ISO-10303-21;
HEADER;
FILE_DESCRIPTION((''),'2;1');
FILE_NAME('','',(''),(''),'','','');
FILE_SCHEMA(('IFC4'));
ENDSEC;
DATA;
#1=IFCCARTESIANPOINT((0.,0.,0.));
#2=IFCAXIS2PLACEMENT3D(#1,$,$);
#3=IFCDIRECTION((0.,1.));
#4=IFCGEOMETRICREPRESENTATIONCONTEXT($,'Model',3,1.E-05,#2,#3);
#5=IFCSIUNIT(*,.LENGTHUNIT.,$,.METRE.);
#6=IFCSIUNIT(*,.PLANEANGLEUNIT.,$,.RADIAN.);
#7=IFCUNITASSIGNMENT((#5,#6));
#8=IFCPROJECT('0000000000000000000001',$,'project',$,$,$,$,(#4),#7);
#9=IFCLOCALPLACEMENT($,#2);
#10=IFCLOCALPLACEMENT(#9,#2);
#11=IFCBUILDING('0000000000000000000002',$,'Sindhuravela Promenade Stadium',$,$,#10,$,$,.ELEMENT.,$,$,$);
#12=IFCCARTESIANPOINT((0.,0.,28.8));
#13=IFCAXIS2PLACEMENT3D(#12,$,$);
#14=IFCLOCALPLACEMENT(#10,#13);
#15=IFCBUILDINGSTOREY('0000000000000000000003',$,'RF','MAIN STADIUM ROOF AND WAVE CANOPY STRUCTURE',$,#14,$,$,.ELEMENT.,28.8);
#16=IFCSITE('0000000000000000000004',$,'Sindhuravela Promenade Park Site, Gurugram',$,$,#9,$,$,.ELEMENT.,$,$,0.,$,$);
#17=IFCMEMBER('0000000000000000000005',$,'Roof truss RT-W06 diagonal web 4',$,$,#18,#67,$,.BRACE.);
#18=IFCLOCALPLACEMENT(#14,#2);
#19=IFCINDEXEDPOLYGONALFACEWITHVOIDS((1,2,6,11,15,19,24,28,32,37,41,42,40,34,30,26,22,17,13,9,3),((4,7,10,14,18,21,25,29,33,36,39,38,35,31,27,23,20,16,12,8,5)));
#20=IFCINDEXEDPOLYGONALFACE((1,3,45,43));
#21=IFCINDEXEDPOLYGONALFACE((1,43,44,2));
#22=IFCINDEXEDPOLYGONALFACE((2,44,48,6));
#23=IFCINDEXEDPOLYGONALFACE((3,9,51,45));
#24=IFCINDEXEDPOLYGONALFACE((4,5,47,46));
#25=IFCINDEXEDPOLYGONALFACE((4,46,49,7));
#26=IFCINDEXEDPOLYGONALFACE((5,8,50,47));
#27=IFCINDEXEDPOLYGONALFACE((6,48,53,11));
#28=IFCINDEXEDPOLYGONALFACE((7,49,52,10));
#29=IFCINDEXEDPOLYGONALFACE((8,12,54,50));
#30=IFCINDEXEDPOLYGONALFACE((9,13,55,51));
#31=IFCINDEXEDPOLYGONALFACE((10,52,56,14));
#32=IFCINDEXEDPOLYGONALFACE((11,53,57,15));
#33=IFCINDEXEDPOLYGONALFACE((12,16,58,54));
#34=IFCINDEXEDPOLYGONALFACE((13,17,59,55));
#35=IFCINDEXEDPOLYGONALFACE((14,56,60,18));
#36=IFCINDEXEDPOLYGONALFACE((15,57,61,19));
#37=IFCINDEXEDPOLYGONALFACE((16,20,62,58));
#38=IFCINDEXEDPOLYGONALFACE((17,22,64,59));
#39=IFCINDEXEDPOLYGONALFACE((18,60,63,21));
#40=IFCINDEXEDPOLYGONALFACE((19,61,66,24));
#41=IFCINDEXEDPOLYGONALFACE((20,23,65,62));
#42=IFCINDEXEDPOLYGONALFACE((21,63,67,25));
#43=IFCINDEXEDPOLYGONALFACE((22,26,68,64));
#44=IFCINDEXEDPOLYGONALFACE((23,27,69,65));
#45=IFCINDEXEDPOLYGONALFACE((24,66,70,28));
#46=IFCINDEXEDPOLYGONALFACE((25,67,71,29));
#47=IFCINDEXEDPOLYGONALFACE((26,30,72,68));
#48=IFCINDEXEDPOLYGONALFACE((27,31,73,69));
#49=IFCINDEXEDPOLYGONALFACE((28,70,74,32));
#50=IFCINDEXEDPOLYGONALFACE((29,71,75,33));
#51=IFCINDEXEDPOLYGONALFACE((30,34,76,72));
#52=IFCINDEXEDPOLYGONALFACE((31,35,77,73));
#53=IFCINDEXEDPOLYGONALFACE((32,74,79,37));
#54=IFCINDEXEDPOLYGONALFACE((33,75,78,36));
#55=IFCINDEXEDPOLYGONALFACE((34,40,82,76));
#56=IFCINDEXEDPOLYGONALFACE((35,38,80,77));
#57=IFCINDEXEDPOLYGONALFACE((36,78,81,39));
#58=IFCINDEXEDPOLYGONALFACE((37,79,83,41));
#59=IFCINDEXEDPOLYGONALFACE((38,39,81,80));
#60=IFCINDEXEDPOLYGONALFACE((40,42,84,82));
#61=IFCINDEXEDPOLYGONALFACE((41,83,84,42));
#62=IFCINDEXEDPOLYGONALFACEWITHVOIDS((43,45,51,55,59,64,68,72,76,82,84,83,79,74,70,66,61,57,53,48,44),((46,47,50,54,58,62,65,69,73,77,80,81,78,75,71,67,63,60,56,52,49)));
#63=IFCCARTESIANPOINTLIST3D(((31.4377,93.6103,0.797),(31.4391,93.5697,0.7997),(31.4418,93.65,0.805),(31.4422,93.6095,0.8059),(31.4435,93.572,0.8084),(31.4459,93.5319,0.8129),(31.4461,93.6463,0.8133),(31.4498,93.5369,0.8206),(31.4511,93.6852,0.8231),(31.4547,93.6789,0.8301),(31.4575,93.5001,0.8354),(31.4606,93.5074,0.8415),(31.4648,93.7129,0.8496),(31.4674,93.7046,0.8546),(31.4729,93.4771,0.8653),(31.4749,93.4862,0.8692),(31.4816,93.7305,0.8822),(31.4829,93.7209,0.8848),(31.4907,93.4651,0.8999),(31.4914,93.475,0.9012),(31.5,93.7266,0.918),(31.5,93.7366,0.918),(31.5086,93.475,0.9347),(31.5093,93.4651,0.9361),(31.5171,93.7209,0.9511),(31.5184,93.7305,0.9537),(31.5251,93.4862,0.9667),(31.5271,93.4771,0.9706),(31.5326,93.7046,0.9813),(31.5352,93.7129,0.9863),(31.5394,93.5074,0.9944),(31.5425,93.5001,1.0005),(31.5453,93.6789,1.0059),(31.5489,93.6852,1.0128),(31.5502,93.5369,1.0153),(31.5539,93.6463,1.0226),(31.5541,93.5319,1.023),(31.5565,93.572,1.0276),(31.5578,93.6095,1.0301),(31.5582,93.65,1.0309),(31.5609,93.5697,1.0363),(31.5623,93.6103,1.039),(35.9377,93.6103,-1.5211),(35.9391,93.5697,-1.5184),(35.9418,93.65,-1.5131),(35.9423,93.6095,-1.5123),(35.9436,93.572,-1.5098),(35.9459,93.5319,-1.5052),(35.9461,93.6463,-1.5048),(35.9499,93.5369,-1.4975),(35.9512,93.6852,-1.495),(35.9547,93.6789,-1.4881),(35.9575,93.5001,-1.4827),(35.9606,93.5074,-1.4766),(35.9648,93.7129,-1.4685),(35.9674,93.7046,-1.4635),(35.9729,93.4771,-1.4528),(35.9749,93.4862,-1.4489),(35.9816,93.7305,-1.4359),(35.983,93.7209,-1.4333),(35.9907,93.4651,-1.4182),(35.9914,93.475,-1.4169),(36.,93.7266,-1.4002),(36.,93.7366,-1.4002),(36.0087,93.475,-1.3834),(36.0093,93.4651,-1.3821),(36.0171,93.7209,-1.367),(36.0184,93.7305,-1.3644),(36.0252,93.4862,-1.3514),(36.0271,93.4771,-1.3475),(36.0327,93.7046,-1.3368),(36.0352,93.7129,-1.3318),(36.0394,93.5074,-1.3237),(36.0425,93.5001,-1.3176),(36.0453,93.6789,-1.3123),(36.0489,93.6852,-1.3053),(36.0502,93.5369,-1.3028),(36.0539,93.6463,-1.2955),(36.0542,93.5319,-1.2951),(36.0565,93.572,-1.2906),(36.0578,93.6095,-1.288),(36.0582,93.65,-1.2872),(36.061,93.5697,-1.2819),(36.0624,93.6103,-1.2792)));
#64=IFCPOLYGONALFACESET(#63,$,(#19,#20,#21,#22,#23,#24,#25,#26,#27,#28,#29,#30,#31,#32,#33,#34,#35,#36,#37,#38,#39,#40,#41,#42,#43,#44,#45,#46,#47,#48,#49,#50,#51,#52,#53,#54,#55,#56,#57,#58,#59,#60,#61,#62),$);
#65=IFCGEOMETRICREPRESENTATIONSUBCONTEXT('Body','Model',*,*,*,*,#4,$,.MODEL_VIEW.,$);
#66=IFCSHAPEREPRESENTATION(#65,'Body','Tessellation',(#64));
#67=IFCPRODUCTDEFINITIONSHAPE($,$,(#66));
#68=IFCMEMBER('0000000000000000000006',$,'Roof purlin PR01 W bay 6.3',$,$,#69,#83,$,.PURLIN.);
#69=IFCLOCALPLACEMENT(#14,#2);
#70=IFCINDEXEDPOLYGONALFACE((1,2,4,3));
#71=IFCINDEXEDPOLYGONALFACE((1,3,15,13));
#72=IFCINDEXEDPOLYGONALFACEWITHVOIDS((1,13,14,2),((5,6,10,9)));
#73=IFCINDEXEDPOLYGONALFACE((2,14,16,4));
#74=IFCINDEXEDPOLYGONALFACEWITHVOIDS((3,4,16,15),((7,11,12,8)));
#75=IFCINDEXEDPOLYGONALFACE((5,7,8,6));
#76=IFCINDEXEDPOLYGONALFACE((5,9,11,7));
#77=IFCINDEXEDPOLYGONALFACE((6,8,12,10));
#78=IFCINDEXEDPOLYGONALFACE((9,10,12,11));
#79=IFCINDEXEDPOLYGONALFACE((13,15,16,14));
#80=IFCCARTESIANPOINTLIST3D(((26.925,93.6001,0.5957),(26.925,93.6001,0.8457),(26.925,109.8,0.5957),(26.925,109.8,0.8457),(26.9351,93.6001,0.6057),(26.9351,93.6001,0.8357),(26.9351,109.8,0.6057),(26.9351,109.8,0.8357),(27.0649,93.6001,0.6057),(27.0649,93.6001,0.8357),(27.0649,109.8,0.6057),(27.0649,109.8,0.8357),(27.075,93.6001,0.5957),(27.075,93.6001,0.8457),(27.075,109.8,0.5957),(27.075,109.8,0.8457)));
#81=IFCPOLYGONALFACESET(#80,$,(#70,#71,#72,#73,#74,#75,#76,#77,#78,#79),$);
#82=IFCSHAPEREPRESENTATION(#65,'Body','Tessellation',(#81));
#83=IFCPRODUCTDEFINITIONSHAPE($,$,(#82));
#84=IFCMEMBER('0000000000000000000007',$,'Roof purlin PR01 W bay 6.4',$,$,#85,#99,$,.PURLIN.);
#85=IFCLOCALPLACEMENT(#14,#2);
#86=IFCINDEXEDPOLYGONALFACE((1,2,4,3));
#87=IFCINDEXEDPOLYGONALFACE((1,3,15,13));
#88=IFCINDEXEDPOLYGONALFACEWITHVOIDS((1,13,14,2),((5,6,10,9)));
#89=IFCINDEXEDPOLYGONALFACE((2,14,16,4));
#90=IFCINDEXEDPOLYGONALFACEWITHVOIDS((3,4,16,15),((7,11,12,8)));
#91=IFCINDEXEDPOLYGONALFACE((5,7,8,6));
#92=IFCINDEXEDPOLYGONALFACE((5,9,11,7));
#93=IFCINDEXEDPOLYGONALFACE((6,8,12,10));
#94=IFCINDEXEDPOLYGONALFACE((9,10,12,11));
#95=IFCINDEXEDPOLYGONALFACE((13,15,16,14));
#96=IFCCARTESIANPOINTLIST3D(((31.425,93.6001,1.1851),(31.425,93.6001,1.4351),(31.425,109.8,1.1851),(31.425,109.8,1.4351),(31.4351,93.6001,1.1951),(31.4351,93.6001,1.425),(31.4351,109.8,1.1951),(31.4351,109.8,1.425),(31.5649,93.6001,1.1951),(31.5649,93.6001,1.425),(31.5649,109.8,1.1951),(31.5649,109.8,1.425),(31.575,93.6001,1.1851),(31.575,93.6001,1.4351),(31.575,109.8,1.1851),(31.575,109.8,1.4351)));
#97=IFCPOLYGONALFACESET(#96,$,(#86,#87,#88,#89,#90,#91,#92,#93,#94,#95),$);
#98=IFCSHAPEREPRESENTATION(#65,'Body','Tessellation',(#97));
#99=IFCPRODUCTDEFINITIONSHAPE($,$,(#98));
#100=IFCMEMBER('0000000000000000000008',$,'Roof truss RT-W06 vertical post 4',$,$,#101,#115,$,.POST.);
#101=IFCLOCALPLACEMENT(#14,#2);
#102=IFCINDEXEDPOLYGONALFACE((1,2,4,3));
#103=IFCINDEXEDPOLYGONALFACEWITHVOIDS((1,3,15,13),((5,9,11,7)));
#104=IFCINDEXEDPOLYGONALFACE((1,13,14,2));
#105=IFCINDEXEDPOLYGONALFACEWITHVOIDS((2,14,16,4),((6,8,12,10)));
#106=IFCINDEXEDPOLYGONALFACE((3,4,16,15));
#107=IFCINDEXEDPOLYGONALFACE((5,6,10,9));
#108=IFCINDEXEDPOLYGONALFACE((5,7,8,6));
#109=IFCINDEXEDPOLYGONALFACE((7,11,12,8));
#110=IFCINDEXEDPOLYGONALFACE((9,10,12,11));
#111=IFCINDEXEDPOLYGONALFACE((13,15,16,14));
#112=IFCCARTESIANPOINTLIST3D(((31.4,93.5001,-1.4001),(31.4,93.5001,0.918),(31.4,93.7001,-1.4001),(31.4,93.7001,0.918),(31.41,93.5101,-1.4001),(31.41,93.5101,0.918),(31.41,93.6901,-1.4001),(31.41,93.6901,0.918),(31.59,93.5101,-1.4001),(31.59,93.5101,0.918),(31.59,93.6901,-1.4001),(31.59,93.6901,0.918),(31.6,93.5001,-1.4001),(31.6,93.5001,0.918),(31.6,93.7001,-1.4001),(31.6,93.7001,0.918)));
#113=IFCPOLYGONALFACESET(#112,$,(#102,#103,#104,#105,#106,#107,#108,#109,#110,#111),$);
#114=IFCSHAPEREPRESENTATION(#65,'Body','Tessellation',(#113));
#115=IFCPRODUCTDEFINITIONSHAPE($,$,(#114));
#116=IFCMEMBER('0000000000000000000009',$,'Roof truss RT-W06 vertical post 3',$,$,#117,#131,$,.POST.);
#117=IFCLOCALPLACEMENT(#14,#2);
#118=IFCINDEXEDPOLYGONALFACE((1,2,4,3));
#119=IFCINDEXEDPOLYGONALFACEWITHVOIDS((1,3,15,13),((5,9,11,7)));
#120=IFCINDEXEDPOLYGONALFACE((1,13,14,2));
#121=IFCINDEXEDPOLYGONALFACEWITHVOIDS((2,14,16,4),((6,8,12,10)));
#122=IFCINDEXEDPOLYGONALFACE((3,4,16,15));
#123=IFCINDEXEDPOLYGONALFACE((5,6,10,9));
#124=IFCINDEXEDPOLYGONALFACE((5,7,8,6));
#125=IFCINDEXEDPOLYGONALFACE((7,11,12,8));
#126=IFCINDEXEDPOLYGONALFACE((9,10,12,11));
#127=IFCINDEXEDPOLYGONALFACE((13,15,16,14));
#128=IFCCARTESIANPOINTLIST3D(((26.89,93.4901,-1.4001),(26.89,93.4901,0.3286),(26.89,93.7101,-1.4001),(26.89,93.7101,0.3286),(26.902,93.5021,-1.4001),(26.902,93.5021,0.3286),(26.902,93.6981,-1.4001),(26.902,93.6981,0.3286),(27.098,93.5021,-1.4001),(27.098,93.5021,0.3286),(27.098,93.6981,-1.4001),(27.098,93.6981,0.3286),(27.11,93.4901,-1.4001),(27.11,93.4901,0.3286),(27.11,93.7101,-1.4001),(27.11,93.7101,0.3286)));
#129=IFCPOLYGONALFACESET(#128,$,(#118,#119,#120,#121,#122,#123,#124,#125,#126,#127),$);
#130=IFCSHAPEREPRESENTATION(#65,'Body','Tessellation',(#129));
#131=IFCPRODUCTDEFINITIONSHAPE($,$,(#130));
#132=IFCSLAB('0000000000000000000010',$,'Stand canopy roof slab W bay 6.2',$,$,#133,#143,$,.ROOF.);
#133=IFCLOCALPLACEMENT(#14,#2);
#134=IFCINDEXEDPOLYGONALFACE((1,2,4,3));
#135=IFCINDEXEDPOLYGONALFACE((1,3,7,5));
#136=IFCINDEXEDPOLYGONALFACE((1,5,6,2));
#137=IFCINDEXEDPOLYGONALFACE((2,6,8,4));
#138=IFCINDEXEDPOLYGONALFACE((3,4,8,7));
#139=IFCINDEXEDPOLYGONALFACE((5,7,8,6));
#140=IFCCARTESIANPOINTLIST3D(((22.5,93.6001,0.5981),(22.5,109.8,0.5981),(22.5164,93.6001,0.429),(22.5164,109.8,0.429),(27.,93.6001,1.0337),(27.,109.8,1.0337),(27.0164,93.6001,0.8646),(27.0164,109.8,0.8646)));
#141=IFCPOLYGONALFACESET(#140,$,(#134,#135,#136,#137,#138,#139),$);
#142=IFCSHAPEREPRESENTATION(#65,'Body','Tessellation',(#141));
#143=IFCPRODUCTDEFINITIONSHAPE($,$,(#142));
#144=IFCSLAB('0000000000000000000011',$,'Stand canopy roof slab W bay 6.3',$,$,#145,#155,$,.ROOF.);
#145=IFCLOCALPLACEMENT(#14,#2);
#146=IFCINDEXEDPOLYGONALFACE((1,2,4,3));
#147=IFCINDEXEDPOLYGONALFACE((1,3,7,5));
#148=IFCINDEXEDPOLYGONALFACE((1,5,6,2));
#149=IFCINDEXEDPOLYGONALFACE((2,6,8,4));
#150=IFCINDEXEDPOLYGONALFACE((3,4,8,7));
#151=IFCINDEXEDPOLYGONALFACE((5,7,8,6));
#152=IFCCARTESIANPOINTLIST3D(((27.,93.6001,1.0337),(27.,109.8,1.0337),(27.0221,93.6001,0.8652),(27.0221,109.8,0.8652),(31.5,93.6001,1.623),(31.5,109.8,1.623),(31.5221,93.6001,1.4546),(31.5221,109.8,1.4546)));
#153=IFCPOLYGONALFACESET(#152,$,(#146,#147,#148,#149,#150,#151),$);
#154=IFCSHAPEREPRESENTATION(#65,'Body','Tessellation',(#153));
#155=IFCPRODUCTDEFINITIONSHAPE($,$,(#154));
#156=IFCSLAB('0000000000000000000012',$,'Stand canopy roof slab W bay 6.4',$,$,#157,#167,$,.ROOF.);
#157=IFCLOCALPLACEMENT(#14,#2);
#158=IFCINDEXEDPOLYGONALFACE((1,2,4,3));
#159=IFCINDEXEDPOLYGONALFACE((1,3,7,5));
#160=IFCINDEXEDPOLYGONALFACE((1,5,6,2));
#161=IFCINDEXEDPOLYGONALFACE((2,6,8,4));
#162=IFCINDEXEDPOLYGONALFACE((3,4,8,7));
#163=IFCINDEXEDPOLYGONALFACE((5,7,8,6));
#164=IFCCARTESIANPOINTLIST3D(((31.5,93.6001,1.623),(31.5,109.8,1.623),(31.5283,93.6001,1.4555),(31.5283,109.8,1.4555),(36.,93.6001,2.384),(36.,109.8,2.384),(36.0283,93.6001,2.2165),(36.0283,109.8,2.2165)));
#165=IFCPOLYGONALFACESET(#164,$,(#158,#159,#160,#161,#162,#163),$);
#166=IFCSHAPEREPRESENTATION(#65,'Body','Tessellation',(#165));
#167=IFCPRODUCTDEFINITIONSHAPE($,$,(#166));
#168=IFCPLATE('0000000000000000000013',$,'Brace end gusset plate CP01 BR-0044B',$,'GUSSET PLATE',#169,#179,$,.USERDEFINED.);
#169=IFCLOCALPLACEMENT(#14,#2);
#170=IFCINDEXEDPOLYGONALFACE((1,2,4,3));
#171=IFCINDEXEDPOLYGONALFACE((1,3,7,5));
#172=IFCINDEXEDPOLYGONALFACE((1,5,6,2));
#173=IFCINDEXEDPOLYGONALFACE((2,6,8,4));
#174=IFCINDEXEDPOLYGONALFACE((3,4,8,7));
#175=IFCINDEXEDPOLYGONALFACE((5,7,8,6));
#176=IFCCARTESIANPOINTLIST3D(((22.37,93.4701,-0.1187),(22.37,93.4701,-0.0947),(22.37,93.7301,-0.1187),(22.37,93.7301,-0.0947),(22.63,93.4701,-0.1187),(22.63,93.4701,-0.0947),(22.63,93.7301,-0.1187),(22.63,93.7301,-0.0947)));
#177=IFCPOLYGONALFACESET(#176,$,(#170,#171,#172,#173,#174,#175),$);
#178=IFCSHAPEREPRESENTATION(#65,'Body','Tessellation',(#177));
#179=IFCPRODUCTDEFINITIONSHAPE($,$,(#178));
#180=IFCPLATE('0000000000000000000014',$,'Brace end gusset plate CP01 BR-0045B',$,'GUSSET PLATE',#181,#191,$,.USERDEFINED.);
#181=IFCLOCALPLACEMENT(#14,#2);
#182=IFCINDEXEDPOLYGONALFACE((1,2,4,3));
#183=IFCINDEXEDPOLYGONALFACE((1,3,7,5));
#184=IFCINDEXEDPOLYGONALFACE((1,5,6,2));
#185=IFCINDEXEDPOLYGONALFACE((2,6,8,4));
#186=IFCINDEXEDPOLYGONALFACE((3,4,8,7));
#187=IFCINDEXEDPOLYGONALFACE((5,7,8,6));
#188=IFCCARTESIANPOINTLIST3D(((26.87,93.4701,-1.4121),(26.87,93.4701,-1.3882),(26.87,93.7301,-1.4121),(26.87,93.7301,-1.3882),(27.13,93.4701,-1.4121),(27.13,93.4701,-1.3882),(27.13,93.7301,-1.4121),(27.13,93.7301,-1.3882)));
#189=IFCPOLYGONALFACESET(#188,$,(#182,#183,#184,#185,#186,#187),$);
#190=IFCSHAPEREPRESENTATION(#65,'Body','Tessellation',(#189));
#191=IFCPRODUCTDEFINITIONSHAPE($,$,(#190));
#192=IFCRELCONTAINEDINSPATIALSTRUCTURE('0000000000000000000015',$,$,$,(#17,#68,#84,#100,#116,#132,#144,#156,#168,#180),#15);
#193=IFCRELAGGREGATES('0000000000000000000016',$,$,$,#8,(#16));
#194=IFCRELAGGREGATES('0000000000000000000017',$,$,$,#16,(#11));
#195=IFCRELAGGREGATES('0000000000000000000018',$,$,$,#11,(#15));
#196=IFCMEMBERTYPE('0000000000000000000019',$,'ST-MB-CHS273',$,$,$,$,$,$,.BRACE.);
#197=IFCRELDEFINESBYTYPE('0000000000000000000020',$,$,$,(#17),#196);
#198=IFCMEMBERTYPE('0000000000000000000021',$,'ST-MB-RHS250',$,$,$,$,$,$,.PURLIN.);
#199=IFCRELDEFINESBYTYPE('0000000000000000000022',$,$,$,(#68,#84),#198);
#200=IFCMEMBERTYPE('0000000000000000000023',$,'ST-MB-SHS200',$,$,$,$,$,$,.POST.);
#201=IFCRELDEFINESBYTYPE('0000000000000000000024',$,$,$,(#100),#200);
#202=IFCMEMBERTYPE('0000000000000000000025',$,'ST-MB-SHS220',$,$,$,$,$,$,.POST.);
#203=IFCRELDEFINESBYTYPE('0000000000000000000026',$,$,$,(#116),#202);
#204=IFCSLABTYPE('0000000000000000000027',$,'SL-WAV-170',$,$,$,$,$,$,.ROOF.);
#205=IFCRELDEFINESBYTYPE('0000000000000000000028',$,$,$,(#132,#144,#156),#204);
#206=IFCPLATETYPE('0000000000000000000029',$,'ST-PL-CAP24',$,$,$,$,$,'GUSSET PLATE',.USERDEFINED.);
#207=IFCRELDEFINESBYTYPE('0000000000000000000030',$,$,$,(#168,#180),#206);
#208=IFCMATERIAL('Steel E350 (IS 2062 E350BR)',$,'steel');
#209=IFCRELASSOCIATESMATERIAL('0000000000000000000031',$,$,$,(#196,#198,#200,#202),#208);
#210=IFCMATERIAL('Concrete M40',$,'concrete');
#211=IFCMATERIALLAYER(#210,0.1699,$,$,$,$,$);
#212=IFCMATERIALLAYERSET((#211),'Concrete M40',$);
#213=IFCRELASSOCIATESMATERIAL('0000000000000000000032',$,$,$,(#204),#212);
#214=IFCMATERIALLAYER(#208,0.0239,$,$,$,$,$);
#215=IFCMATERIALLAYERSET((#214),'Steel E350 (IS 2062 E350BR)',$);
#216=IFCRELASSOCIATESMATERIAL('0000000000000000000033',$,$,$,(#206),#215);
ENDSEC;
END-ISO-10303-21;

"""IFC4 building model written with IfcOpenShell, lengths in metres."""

from ifc_helpers import new_model, si_unit, direction, frame, origin, origin_2d, place, context, subcontext, project, spatial, polyline, rectangle, hollow_rectangle, hollow_circle, outline, extrude, material, layer, layer_set, material_profile, profile_set, type_object, element, save


model = new_model("IFC4")

# Units and contexts
model_context = context("Model", 3, precision=1e-05, world=origin(), true_north=direction((0.0, 1.0)))
body_context = subcontext(model_context, "Body", "Model", "MODEL_VIEW")
ifc_project = project(units=[si_unit("LENGTHUNIT", "METRE"), si_unit("PLANEANGLEUNIT", "RADIAN")], contexts=[model_context])

# Site, building, storey
site_placement = place(None, origin())
site = spatial("IfcSite", under=ifc_project, at=site_placement, Name="Sindhuravela Promenade Park Site, Gurugram", CompositionType="ELEMENT", RefElevation=0.0)
building_placement = place(site_placement, origin())
building = spatial("IfcBuilding", under=site, at=building_placement, Name="Sindhuravela Promenade Stadium", CompositionType="ELEMENT")
storey_placement = place(building_placement, frame((0.0, 0.0, 28.8)))
storey = spatial("IfcBuildingStorey", under=building, at=storey_placement, Name="RF", Description="MAIN STADIUM ROOF AND WAVE CANOPY STRUCTURE", CompositionType="ELEMENT", Elevation=28.8)

# Shared definitions
ifc_material_1 = material(Name="Concrete M40", Category="concrete")
ifc_material_2 = material(Name="Steel E350 (IS 2062 E350BR)", Category="steel")

# Members
ifc_material_profile_1 = material_profile(ifc_material_2, hollow_circle(Radius=0.1365, WallThickness=0.01, at=origin_2d()), Name="CHS 273.0x10")
ifc_profile_set_1 = profile_set([ifc_material_profile_1], Name="Steel E350 (IS 2062 E350BR)")
member_type_1 = type_object("IfcMemberType", Name="ST-MB-CHS273", PredefinedType="BRACE", material=ifc_profile_set_1)
for number, where, z_axis, x_axis, name in (
    (1, (31.5, 93.6001, 0.918), (0.88898, 0.0, -0.457946), (0.0, 1.0, 0.0), "Roof truss RT-W06 diagonal web 4"),
):
    element("IfcMember", number, at=place(storey_placement, frame(where, z_axis=z_axis, x_axis=x_axis)), inside=storey, type_object=member_type_1, Name=name, PredefinedType="BRACE", context=body_context, shape_type="SweptSolid", body=[
        extrude(hollow_circle(Radius=0.1365, WallThickness=0.01, at=origin_2d()), origin(), (0.0, 0.0, 1.0), 5.062),
    ])
ifc_material_profile_2 = material_profile(ifc_material_2, hollow_rectangle(XDim=0.1499, YDim=0.25, WallThickness=0.01, at=origin_2d()), Name="RHS 250x150x10")
ifc_profile_set_2 = profile_set([ifc_material_profile_2], Name="Steel E350 (IS 2062 E350BR)")
member_type_2 = type_object("IfcMemberType", Name="ST-MB-RHS250", PredefinedType="PURLIN", material=ifc_profile_set_2)
for number, where, z_axis, x_axis, name in (
    (2, (27.0, 93.6001, 0.7207), (0.0, 1.0, 0.0), (-1.0, 0.0, 0.0), "Roof purlin PR01 W bay 6.3"),
    (3, (31.5, 93.6001, 1.3101), (0.0, 1.0, 0.0), (-1.0, 0.0, 0.0), "Roof purlin PR01 W bay 6.4"),
):
    element("IfcMember", number, at=place(storey_placement, frame(where, z_axis=z_axis, x_axis=x_axis)), inside=storey, type_object=member_type_2, Name=name, PredefinedType="PURLIN", context=body_context, shape_type="SweptSolid", body=[
        extrude(hollow_rectangle(XDim=0.1499, YDim=0.25, WallThickness=0.01, at=origin_2d()), origin(), (0.0, 0.0, 1.0), 16.2),
    ])
ifc_material_profile_3 = material_profile(ifc_material_2, hollow_rectangle(XDim=0.2, YDim=0.2, WallThickness=0.01, at=origin_2d()), Name="SHS 200x200x10")
ifc_profile_set_3 = profile_set([ifc_material_profile_3], Name="Steel E350 (IS 2062 E350BR)")
member_type_3 = type_object("IfcMemberType", Name="ST-MB-SHS200", PredefinedType="POST", material=ifc_profile_set_3)
member_1_placement = place(storey_placement, frame((31.5, 93.6001, -1.4001), z_axis=(0.0, 0.0, 1.0), x_axis=(1.0, 0.0, 0.0)))
element("IfcMember", 4, at=member_1_placement, inside=storey, type_object=member_type_3, Name="Roof truss RT-W06 vertical post 4", PredefinedType="POST", context=body_context, shape_type="SweptSolid", body=[
    extrude(hollow_rectangle(XDim=0.2, YDim=0.2, WallThickness=0.01, at=origin_2d()), origin(), (0.0, 0.0, 1.0), 2.3181),
])
ifc_material_profile_4 = material_profile(ifc_material_2, hollow_rectangle(XDim=0.22, YDim=0.22, WallThickness=0.012, at=origin_2d()), Name="SHS 220x220x12")
ifc_profile_set_4 = profile_set([ifc_material_profile_4], Name="Steel E350 (IS 2062 E350BR)")
member_type_4 = type_object("IfcMemberType", Name="ST-MB-SHS220", PredefinedType="POST", material=ifc_profile_set_4)
member_2_placement = place(storey_placement, frame((27.0, 93.6001, -1.4001), z_axis=(0.0, 0.0, 1.0), x_axis=(1.0, 0.0, 0.0)))
element("IfcMember", 5, at=member_2_placement, inside=storey, type_object=member_type_4, Name="Roof truss RT-W06 vertical post 3", PredefinedType="POST", context=body_context, shape_type="SweptSolid", body=[
    extrude(hollow_rectangle(XDim=0.22, YDim=0.22, WallThickness=0.012, at=origin_2d()), origin(), (0.0, 0.0, 1.0), 1.7288),
])

# Slabs
ifc_layer_1 = layer(ifc_material_1, 0.1699)
ifc_layer_set_1 = layer_set([ifc_layer_1], Name="Concrete M40")
slab_type = type_object("IfcSlabType", Name="SL-WAV-170", PredefinedType="ROOF", material=ifc_layer_set_1)
slab_1_placement = place(storey_placement, frame((22.5, 93.6001, 0.5981), z_axis=(-0.096338, 0.0, 0.995349), x_axis=(0.0, 1.0, 0.0)))
element("IfcSlab", 6, at=slab_1_placement, inside=storey, type_object=slab_type, Name="Stand canopy roof slab W bay 6.2", PredefinedType="ROOF", context=body_context, shape_type="SweptSolid", body=[
    extrude(outline(polyline([(0.0, 0.0), (0.0, -4.521), (16.2, -4.521), (16.2, 0.0), (0.0, 0.0)])), origin(), (0.0, 0.0, -1.0), 0.1699),
])
slab_2_placement = place(storey_placement, frame((27.0, 93.6001, 1.0337), z_axis=(-0.129859, 0.0, 0.991532), x_axis=(0.0, 1.0, 0.0)))
element("IfcSlab", 7, at=slab_2_placement, inside=storey, type_object=slab_type, Name="Stand canopy roof slab W bay 6.3", PredefinedType="ROOF", context=body_context, shape_type="SweptSolid", body=[
    extrude(outline(polyline([(0.0, 0.0), (0.0, -4.5384), (16.2, -4.5384), (16.2, 0.0), (0.0, 0.0)])), origin(), (0.0, 0.0, -1.0), 0.1699),
])
slab_3_placement = place(storey_placement, frame((31.5, 93.6001, 1.623), z_axis=(-0.166741, 0.0, 0.986001), x_axis=(0.0, 1.0, 0.0)))
element("IfcSlab", 8, at=slab_3_placement, inside=storey, type_object=slab_type, Name="Stand canopy roof slab W bay 6.4", PredefinedType="ROOF", context=body_context, shape_type="SweptSolid", body=[
    extrude(outline(polyline([(0.0, 0.0), (0.0, -4.5639), (16.2, -4.5639), (16.2, 0.0), (0.0, 0.0)])), origin(), (0.0, 0.0, -1.0), 0.1699),
])

# Plates
ifc_layer_2 = layer(ifc_material_2, 0.0239)
ifc_layer_set_2 = layer_set([ifc_layer_2], Name="Steel E350 (IS 2062 E350BR)")
plate_type = type_object("IfcPlateType", Name="ST-PL-CAP24", ElementType="GUSSET PLATE", PredefinedType="USERDEFINED", material=ifc_layer_set_2)
for number, where, z_axis, x_axis, name in (
    (9, (22.5, 93.6001, -0.1187), (0.0, 0.0, 1.0), (1.0, 0.0, 0.0), "Brace end gusset plate CP01 BR-0044B"),
    (10, (27.0, 93.6001, -1.4121), (0.0, 0.0, 1.0), (1.0, 0.0, 0.0), "Brace end gusset plate CP01 BR-0045B"),
):
    element("IfcPlate", number, at=place(storey_placement, frame(where, z_axis=z_axis, x_axis=x_axis)), inside=storey, type_object=plate_type, Name=name, ObjectType="GUSSET PLATE", PredefinedType="USERDEFINED", context=body_context, shape_type="SweptSolid", body=[
        extrude(rectangle(XDim=0.26, YDim=0.26, at=origin_2d()), origin(), (0.0, 0.0, 1.0), 0.0239),
    ])

save(model, "model.ifc")
